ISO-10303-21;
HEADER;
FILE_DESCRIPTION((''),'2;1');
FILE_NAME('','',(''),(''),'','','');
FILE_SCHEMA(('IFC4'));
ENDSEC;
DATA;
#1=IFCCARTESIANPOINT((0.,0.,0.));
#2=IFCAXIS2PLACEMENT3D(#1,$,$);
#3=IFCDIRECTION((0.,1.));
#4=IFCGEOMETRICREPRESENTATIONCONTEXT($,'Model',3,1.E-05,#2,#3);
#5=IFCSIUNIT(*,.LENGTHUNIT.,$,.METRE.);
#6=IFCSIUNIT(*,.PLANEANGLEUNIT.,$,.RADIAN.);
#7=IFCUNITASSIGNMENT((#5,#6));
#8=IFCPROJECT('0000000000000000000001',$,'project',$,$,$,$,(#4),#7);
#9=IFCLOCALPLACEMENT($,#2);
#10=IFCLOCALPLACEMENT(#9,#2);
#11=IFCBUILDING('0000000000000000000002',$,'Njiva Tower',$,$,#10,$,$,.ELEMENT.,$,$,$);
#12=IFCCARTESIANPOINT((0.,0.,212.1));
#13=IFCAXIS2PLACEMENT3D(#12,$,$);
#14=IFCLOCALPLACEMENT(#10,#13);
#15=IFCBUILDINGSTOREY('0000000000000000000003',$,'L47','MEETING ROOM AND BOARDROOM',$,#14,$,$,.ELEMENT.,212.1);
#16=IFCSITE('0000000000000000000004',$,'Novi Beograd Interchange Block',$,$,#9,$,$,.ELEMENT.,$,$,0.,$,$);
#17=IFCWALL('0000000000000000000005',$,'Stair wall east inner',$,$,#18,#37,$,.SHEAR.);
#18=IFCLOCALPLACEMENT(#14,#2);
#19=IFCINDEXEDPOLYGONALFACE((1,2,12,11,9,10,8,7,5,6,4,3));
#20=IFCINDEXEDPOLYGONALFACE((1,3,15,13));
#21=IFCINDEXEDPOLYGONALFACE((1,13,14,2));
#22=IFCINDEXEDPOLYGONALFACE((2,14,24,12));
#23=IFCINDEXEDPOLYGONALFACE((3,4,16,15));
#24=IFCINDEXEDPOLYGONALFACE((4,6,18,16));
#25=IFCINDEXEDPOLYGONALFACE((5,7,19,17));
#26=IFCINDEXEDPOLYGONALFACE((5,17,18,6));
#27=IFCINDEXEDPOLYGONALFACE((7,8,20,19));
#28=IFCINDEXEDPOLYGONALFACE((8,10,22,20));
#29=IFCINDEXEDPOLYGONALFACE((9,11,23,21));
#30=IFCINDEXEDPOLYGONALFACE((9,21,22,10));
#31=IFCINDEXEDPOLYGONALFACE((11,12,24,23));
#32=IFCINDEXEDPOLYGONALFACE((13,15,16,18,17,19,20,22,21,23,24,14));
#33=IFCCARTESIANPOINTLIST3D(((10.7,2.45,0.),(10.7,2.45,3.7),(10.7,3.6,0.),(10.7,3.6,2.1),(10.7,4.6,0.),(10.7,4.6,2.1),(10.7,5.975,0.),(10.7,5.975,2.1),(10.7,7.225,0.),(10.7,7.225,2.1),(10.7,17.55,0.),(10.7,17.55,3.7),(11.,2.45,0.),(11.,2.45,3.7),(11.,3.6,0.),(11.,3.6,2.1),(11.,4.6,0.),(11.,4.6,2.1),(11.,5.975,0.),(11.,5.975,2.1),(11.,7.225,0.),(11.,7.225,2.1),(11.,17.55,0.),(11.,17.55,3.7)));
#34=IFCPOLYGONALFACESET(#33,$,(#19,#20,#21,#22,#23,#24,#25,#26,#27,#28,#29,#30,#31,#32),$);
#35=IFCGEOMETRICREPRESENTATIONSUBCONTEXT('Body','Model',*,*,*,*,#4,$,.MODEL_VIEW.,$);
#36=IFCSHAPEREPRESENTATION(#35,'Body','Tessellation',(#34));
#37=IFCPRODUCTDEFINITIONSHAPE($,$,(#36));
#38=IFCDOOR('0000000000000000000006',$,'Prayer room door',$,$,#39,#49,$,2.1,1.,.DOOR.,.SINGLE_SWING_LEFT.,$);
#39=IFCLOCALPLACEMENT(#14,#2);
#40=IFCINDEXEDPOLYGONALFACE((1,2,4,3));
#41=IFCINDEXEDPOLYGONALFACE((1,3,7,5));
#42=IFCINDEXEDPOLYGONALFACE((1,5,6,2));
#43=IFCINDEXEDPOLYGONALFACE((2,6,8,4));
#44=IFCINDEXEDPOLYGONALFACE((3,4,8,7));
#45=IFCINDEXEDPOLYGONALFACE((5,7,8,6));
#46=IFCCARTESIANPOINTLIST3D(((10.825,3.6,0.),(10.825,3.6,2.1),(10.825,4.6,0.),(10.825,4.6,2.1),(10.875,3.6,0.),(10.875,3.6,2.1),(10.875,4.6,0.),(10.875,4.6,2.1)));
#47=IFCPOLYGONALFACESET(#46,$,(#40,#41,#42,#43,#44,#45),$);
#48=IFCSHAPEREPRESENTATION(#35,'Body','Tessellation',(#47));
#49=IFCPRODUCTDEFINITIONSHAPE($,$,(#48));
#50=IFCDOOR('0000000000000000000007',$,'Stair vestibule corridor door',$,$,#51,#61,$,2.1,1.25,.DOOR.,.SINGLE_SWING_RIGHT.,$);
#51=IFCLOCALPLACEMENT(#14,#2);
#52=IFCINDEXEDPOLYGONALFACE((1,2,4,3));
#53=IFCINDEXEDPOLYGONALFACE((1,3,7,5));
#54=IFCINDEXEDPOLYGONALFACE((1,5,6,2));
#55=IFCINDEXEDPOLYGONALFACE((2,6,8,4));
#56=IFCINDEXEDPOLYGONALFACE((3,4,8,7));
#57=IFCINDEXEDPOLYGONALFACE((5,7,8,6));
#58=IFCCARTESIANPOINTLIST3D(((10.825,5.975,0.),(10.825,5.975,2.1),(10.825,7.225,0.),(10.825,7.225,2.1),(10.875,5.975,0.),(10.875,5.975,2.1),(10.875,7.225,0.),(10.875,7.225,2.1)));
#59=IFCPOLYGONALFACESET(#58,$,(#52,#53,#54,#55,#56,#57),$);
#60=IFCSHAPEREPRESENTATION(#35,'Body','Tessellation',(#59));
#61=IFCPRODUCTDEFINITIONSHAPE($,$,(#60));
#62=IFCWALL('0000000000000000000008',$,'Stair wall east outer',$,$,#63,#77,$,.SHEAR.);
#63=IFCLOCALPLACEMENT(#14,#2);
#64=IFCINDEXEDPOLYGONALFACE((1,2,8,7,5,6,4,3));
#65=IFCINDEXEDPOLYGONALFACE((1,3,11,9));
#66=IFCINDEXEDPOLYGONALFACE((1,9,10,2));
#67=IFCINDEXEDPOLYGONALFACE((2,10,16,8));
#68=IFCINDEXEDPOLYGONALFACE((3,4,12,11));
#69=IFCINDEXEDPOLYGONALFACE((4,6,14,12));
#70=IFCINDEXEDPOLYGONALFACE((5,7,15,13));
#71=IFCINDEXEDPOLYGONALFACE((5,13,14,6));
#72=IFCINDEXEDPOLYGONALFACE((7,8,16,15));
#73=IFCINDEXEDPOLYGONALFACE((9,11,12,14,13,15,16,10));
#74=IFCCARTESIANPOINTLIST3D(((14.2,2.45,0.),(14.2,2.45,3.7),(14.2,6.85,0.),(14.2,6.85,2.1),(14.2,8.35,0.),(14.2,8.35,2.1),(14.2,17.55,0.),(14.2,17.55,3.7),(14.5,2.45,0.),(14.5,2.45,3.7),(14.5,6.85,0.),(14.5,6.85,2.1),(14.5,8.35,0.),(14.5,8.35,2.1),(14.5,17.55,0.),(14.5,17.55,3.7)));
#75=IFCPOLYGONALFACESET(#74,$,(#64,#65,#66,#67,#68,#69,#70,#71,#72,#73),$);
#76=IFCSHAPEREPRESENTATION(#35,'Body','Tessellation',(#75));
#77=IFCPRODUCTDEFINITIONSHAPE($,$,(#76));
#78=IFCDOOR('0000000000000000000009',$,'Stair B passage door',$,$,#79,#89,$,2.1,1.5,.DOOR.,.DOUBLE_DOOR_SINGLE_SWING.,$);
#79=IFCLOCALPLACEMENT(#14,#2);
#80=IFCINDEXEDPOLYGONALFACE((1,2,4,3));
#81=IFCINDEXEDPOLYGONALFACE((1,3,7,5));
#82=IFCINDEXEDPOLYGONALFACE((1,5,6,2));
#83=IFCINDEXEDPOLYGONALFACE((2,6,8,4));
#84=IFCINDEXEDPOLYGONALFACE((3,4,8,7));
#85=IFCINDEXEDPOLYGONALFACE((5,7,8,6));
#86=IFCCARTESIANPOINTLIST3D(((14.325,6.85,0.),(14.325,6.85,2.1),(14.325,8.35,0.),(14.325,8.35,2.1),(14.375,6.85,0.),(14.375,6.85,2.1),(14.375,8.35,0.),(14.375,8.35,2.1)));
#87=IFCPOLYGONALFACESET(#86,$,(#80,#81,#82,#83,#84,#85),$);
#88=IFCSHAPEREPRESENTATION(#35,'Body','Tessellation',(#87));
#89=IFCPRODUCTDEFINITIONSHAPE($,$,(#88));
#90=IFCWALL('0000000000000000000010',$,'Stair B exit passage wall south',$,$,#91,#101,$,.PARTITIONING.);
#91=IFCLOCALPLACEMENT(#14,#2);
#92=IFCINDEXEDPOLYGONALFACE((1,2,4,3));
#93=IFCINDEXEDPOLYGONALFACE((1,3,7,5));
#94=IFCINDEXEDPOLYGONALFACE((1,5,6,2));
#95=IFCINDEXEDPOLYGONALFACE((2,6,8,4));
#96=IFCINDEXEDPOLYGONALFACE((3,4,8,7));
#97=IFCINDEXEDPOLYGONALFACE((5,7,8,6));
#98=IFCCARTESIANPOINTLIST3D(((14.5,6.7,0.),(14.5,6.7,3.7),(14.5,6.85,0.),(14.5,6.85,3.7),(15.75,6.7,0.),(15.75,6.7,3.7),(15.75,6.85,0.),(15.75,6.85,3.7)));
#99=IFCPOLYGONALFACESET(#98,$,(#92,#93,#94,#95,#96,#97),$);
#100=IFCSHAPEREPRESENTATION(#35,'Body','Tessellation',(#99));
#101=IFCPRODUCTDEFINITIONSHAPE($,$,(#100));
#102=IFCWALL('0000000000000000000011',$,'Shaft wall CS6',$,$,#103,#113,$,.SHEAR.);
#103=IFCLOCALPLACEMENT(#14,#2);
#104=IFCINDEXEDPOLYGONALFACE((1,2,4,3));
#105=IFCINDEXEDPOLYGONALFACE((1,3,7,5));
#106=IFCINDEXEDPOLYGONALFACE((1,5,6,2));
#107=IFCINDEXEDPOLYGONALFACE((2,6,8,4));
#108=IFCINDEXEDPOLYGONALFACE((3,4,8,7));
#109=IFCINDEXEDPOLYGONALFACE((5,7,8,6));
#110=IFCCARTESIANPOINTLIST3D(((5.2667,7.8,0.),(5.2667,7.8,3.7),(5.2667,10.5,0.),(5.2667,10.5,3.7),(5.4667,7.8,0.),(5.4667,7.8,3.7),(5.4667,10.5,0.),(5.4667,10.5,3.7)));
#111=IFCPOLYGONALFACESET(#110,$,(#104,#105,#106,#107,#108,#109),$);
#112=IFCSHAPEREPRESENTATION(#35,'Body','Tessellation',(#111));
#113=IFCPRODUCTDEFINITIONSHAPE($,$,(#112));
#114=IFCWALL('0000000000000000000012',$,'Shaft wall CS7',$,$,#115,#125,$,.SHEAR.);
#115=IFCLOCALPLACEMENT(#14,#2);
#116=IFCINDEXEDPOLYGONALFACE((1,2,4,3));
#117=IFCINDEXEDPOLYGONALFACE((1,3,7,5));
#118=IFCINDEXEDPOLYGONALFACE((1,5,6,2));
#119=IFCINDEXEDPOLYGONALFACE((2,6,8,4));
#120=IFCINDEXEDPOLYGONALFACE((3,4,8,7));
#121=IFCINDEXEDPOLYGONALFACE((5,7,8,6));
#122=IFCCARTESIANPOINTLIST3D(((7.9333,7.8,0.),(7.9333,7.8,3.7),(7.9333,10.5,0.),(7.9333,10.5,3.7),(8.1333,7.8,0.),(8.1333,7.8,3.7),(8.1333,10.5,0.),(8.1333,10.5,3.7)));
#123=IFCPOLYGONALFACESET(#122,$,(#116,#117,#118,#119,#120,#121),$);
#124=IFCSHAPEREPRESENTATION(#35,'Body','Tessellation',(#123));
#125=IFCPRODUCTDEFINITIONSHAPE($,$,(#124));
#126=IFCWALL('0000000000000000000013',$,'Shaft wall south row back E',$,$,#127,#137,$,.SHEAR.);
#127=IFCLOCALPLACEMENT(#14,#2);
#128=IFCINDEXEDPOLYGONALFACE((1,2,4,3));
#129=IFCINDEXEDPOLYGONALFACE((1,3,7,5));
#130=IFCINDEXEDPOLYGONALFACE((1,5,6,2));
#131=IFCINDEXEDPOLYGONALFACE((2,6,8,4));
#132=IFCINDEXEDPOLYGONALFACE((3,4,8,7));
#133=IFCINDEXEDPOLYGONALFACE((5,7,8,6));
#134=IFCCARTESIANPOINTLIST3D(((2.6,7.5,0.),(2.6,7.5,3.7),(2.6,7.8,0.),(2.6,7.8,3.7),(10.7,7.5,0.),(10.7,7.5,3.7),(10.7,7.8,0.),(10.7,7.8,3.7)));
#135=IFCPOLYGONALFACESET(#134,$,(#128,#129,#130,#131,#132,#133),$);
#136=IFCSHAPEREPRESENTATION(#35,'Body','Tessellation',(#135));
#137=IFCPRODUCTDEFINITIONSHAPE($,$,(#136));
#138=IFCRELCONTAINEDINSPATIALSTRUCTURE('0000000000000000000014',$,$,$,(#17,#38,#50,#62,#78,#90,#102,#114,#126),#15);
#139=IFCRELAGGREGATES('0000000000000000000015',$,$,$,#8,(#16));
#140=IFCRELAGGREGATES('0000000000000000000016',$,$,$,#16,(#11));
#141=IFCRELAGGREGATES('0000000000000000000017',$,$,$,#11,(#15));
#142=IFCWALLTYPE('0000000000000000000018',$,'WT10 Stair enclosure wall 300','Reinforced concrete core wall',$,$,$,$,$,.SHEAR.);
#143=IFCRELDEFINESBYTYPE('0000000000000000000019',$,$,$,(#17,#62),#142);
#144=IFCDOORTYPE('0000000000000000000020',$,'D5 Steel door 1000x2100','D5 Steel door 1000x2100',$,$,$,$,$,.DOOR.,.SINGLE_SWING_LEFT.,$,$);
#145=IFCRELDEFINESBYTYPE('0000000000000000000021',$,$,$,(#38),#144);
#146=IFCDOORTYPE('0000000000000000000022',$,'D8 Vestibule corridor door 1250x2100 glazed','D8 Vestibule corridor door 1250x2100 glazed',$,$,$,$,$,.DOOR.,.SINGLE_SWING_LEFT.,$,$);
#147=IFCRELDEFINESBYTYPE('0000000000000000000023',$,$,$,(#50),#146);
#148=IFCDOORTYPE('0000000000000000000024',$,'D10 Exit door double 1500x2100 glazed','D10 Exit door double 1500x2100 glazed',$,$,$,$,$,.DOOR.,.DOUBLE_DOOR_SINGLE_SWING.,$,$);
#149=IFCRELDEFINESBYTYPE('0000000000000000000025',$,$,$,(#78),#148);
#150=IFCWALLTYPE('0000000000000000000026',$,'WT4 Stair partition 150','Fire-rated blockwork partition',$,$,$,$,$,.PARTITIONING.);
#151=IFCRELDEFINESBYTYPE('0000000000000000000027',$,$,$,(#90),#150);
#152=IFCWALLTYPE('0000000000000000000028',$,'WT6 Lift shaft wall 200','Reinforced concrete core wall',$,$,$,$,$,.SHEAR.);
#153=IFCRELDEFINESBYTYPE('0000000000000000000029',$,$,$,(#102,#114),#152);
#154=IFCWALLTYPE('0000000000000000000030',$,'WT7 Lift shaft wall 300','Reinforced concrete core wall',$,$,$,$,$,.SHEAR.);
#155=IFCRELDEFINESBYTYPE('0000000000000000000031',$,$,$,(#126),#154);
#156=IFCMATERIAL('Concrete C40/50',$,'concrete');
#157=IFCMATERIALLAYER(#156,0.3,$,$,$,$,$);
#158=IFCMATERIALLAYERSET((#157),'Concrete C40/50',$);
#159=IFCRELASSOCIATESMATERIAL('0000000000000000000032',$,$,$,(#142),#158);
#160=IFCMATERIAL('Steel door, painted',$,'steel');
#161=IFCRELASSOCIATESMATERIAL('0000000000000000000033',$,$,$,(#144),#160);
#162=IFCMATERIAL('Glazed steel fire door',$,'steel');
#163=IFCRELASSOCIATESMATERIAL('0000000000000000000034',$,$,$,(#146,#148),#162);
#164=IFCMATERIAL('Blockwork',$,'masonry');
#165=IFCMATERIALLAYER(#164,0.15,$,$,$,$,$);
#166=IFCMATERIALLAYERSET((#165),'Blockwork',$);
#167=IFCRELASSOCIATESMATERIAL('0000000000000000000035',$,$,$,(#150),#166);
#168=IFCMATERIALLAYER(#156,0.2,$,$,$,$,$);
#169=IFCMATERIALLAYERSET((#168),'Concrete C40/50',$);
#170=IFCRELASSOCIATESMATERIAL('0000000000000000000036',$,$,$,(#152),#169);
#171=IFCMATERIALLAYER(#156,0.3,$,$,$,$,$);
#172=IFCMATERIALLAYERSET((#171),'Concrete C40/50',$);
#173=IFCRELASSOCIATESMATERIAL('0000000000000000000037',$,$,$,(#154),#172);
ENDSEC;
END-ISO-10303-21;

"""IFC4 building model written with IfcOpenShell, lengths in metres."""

from ifc_helpers import new_model, si_unit, direction, frame, frame_2d, origin, place, context, subcontext, project, spatial, rectangle, extrude, material, layer, layer_set, type_object, element, fill, save


model = new_model("IFC4")

# Units and contexts
model_context = context("Model", 3, precision=1e-05, world=origin(), true_north=direction((0.0, 1.0)))
body_context = subcontext(model_context, "Body", "Model", "MODEL_VIEW")
ifc_project = project(units=[si_unit("LENGTHUNIT", "METRE"), si_unit("PLANEANGLEUNIT", "RADIAN")], contexts=[model_context])

# Site, building, storey
site_placement = place(None, origin())
site = spatial("IfcSite", under=ifc_project, at=site_placement, Name="Novi Beograd Interchange Block", CompositionType="ELEMENT", RefElevation=0.0)
building_placement = place(site_placement, origin())
building = spatial("IfcBuilding", under=site, at=building_placement, Name="Njiva Tower", CompositionType="ELEMENT")
storey_placement = place(building_placement, frame((0.0, 0.0, 212.1)))
storey = spatial("IfcBuildingStorey", under=building, at=storey_placement, Name="L47", Description="MEETING ROOM AND BOARDROOM", CompositionType="ELEMENT", Elevation=212.1)

# Shared definitions
ifc_material_1 = material(Name="Blockwork", Category="masonry")

# Wall, openings, doors
ifc_material_2 = material(Name="Concrete C40/50", Category="concrete")
ifc_layer_1 = layer(ifc_material_2, 0.3)
ifc_layer_set_1 = layer_set([ifc_layer_1], Name="Concrete C40/50")
wall_type_1 = type_object("IfcWallType", Name="WT10 Stair enclosure wall 300", Description="Reinforced concrete core wall", PredefinedType="SHEAR", material=ifc_layer_set_1)
wall_1_placement = place(storey_placement, frame((10.85, 2.45, 0.0), z_axis=(0.0, 0.0, 1.0), x_axis=(0.0, 1.0, 0.0)))
wall_1 = element("IfcWall", 1, at=wall_1_placement, inside=storey, type_object=wall_type_1, Name="Stair wall east inner", PredefinedType="SHEAR", context=body_context, shape_type="SweptSolid", body=[
    extrude(rectangle(XDim=15.1, YDim=0.3, at=frame_2d((7.55, 0.0))), origin(), (0.0, 0.0, 1.0), 3.7),
])
opening_1_placement = place(wall_1_placement, frame((3.525, 0.0, 0.0)))
opening_1 = element("IfcOpeningElement", 2, at=opening_1_placement, cuts=wall_1, PredefinedType="OPENING", context=body_context, shape_type="SweptSolid", body=[
    extrude(rectangle(XDim=1.25, YDim=2.1, at=frame_2d((0.625, 1.05))), frame((0.0, 0.16, 0.0), z_axis=(0.0, -1.0, 0.0), x_axis=(1.0, 0.0, 0.0)), (0.0, 0.0, 1.0), 0.32),
])
opening_2_placement = place(wall_1_placement, frame((1.15, 0.0, 0.0)))
opening_2 = element("IfcOpeningElement", 3, at=opening_2_placement, cuts=wall_1, PredefinedType="OPENING", context=body_context, shape_type="SweptSolid", body=[
    extrude(rectangle(XDim=1.0, YDim=2.1, at=frame_2d((0.5, 1.05))), frame((0.0, 0.16, 0.0), z_axis=(0.0, -1.0, 0.0), x_axis=(1.0, 0.0, 0.0)), (0.0, 0.0, 1.0), 0.32),
])
ifc_material_3 = material(Name="Steel door, painted", Category="steel")
door_type_1 = type_object("IfcDoorType", Name="D5 Steel door 1000x2100", Description="D5 Steel door 1000x2100", OperationType="SINGLE_SWING_LEFT", PredefinedType="DOOR", material=ifc_material_3)
door_1_placement = place(opening_2_placement, origin())
door_1 = element("IfcDoor", 4, at=door_1_placement, inside=storey, type_object=door_type_1, Name="Prayer room door", OperationType="SINGLE_SWING_LEFT", OverallHeight=2.1, OverallWidth=1.0, PredefinedType="DOOR", context=body_context, shape_type="SweptSolid", body=[
    extrude(rectangle(XDim=1.0, YDim=2.1, at=frame_2d((0.5, 1.05))), frame((0.0, 0.025, 0.0), z_axis=(0.0, -1.0, 0.0), x_axis=(1.0, 0.0, 0.0)), (0.0, 0.0, 1.0), 0.05),
])
fill(opening_2, door_1)
ifc_material_4 = material(Name="Glazed steel fire door", Category="steel")
door_type_2 = type_object("IfcDoorType", Name="D8 Vestibule corridor door 1250x2100 glazed", Description="D8 Vestibule corridor door 1250x2100 glazed", OperationType="SINGLE_SWING_LEFT", PredefinedType="DOOR", material=ifc_material_4)
door_2_placement = place(opening_1_placement, origin())
door_2 = element("IfcDoor", 5, at=door_2_placement, inside=storey, type_object=door_type_2, Name="Stair vestibule corridor door", OperationType="SINGLE_SWING_RIGHT", OverallHeight=2.1, OverallWidth=1.25, PredefinedType="DOOR", context=body_context, shape_type="SweptSolid", body=[
    extrude(rectangle(XDim=1.25, YDim=2.1, at=frame_2d((0.625, 1.05))), frame((0.0, 0.025, 0.0), z_axis=(0.0, -1.0, 0.0), x_axis=(1.0, 0.0, 0.0)), (0.0, 0.0, 1.0), 0.05),
])
fill(opening_1, door_2)

# Wall, opening, door
wall_2_placement = place(storey_placement, frame((14.35, 2.45, 0.0), z_axis=(0.0, 0.0, 1.0), x_axis=(0.0, 1.0, 0.0)))
wall_2 = element("IfcWall", 6, at=wall_2_placement, inside=storey, type_object=wall_type_1, Name="Stair wall east outer", PredefinedType="SHEAR", context=body_context, shape_type="SweptSolid", body=[
    extrude(rectangle(XDim=15.1, YDim=0.3, at=frame_2d((7.55, 0.0))), origin(), (0.0, 0.0, 1.0), 3.7),
])
opening_3_placement = place(wall_2_placement, frame((4.4, 0.0, 0.0)))
opening_3 = element("IfcOpeningElement", 7, at=opening_3_placement, cuts=wall_2, PredefinedType="OPENING", context=body_context, shape_type="SweptSolid", body=[
    extrude(rectangle(XDim=1.5, YDim=2.1, at=frame_2d((0.75, 1.05))), frame((0.0, 0.16, 0.0), z_axis=(0.0, -1.0, 0.0), x_axis=(1.0, 0.0, 0.0)), (0.0, 0.0, 1.0), 0.32),
])
door_type_3 = type_object("IfcDoorType", Name="D10 Exit door double 1500x2100 glazed", Description="D10 Exit door double 1500x2100 glazed", OperationType="DOUBLE_DOOR_SINGLE_SWING", PredefinedType="DOOR", material=ifc_material_4)
door_3_placement = place(opening_3_placement, origin())
door_3 = element("IfcDoor", 8, at=door_3_placement, inside=storey, type_object=door_type_3, Name="Stair B passage door", OperationType="DOUBLE_DOOR_SINGLE_SWING", OverallHeight=2.1, OverallWidth=1.5, PredefinedType="DOOR", context=body_context, shape_type="SweptSolid", body=[
    extrude(rectangle(XDim=1.5, YDim=2.1, at=frame_2d((0.75, 1.05))), frame((0.0, 0.025, 0.0), z_axis=(0.0, -1.0, 0.0), x_axis=(1.0, 0.0, 0.0)), (0.0, 0.0, 1.0), 0.05),
])
fill(opening_3, door_3)

# Walls
ifc_layer_2 = layer(ifc_material_1, 0.15)
ifc_layer_set_2 = layer_set([ifc_layer_2], Name="Blockwork")
wall_type_2 = type_object("IfcWallType", Name="WT4 Stair partition 150", Description="Fire-rated blockwork partition", PredefinedType="PARTITIONING", material=ifc_layer_set_2)
wall_3_placement = place(storey_placement, frame((14.5, 6.775, 0.0), z_axis=(0.0, 0.0, 1.0), x_axis=(1.0, 0.0, 0.0)))
element("IfcWall", 9, at=wall_3_placement, inside=storey, type_object=wall_type_2, Name="Stair B exit passage wall south", PredefinedType="PARTITIONING", context=body_context, shape_type="SweptSolid", body=[
    extrude(rectangle(XDim=1.25, YDim=0.15, at=frame_2d((0.625, 0.0))), origin(), (0.0, 0.0, 1.0), 3.7),
])
ifc_layer_3 = layer(ifc_material_2, 0.2)
ifc_layer_set_3 = layer_set([ifc_layer_3], Name="Concrete C40/50")
wall_type_3 = type_object("IfcWallType", Name="WT6 Lift shaft wall 200", Description="Reinforced concrete core wall", PredefinedType="SHEAR", material=ifc_layer_set_3)
for number, where, z_axis, x_axis, name in (
    (10, (5.3667, 7.8, 0.0), (0.0, 0.0, 1.0), (0.0, 1.0, 0.0), "Shaft wall CS6"),
    (11, (8.0333, 7.8, 0.0), (0.0, 0.0, 1.0), (0.0, 1.0, 0.0), "Shaft wall CS7"),
):
    element("IfcWall", number, at=place(storey_placement, frame(where, z_axis=z_axis, x_axis=x_axis)), inside=storey, type_object=wall_type_3, Name=name, PredefinedType="SHEAR", context=body_context, shape_type="SweptSolid", body=[
        extrude(rectangle(XDim=2.7, YDim=0.2, at=frame_2d((1.35, 0.0))), origin(), (0.0, 0.0, 1.0), 3.7),
    ])
ifc_layer_4 = layer(ifc_material_2, 0.3)
ifc_layer_set_4 = layer_set([ifc_layer_4], Name="Concrete C40/50")
wall_type_4 = type_object("IfcWallType", Name="WT7 Lift shaft wall 300", Description="Reinforced concrete core wall", PredefinedType="SHEAR", material=ifc_layer_set_4)
wall_4_placement = place(storey_placement, frame((2.6, 7.65, 0.0), z_axis=(0.0, 0.0, 1.0), x_axis=(1.0, 0.0, 0.0)))
element("IfcWall", 12, at=wall_4_placement, inside=storey, type_object=wall_type_4, Name="Shaft wall south row back E", PredefinedType="SHEAR", context=body_context, shape_type="SweptSolid", body=[
    extrude(rectangle(XDim=8.1, YDim=0.3, at=frame_2d((4.05, 0.0))), origin(), (0.0, 0.0, 1.0), 3.7),
])

save(model, "model.ifc")
